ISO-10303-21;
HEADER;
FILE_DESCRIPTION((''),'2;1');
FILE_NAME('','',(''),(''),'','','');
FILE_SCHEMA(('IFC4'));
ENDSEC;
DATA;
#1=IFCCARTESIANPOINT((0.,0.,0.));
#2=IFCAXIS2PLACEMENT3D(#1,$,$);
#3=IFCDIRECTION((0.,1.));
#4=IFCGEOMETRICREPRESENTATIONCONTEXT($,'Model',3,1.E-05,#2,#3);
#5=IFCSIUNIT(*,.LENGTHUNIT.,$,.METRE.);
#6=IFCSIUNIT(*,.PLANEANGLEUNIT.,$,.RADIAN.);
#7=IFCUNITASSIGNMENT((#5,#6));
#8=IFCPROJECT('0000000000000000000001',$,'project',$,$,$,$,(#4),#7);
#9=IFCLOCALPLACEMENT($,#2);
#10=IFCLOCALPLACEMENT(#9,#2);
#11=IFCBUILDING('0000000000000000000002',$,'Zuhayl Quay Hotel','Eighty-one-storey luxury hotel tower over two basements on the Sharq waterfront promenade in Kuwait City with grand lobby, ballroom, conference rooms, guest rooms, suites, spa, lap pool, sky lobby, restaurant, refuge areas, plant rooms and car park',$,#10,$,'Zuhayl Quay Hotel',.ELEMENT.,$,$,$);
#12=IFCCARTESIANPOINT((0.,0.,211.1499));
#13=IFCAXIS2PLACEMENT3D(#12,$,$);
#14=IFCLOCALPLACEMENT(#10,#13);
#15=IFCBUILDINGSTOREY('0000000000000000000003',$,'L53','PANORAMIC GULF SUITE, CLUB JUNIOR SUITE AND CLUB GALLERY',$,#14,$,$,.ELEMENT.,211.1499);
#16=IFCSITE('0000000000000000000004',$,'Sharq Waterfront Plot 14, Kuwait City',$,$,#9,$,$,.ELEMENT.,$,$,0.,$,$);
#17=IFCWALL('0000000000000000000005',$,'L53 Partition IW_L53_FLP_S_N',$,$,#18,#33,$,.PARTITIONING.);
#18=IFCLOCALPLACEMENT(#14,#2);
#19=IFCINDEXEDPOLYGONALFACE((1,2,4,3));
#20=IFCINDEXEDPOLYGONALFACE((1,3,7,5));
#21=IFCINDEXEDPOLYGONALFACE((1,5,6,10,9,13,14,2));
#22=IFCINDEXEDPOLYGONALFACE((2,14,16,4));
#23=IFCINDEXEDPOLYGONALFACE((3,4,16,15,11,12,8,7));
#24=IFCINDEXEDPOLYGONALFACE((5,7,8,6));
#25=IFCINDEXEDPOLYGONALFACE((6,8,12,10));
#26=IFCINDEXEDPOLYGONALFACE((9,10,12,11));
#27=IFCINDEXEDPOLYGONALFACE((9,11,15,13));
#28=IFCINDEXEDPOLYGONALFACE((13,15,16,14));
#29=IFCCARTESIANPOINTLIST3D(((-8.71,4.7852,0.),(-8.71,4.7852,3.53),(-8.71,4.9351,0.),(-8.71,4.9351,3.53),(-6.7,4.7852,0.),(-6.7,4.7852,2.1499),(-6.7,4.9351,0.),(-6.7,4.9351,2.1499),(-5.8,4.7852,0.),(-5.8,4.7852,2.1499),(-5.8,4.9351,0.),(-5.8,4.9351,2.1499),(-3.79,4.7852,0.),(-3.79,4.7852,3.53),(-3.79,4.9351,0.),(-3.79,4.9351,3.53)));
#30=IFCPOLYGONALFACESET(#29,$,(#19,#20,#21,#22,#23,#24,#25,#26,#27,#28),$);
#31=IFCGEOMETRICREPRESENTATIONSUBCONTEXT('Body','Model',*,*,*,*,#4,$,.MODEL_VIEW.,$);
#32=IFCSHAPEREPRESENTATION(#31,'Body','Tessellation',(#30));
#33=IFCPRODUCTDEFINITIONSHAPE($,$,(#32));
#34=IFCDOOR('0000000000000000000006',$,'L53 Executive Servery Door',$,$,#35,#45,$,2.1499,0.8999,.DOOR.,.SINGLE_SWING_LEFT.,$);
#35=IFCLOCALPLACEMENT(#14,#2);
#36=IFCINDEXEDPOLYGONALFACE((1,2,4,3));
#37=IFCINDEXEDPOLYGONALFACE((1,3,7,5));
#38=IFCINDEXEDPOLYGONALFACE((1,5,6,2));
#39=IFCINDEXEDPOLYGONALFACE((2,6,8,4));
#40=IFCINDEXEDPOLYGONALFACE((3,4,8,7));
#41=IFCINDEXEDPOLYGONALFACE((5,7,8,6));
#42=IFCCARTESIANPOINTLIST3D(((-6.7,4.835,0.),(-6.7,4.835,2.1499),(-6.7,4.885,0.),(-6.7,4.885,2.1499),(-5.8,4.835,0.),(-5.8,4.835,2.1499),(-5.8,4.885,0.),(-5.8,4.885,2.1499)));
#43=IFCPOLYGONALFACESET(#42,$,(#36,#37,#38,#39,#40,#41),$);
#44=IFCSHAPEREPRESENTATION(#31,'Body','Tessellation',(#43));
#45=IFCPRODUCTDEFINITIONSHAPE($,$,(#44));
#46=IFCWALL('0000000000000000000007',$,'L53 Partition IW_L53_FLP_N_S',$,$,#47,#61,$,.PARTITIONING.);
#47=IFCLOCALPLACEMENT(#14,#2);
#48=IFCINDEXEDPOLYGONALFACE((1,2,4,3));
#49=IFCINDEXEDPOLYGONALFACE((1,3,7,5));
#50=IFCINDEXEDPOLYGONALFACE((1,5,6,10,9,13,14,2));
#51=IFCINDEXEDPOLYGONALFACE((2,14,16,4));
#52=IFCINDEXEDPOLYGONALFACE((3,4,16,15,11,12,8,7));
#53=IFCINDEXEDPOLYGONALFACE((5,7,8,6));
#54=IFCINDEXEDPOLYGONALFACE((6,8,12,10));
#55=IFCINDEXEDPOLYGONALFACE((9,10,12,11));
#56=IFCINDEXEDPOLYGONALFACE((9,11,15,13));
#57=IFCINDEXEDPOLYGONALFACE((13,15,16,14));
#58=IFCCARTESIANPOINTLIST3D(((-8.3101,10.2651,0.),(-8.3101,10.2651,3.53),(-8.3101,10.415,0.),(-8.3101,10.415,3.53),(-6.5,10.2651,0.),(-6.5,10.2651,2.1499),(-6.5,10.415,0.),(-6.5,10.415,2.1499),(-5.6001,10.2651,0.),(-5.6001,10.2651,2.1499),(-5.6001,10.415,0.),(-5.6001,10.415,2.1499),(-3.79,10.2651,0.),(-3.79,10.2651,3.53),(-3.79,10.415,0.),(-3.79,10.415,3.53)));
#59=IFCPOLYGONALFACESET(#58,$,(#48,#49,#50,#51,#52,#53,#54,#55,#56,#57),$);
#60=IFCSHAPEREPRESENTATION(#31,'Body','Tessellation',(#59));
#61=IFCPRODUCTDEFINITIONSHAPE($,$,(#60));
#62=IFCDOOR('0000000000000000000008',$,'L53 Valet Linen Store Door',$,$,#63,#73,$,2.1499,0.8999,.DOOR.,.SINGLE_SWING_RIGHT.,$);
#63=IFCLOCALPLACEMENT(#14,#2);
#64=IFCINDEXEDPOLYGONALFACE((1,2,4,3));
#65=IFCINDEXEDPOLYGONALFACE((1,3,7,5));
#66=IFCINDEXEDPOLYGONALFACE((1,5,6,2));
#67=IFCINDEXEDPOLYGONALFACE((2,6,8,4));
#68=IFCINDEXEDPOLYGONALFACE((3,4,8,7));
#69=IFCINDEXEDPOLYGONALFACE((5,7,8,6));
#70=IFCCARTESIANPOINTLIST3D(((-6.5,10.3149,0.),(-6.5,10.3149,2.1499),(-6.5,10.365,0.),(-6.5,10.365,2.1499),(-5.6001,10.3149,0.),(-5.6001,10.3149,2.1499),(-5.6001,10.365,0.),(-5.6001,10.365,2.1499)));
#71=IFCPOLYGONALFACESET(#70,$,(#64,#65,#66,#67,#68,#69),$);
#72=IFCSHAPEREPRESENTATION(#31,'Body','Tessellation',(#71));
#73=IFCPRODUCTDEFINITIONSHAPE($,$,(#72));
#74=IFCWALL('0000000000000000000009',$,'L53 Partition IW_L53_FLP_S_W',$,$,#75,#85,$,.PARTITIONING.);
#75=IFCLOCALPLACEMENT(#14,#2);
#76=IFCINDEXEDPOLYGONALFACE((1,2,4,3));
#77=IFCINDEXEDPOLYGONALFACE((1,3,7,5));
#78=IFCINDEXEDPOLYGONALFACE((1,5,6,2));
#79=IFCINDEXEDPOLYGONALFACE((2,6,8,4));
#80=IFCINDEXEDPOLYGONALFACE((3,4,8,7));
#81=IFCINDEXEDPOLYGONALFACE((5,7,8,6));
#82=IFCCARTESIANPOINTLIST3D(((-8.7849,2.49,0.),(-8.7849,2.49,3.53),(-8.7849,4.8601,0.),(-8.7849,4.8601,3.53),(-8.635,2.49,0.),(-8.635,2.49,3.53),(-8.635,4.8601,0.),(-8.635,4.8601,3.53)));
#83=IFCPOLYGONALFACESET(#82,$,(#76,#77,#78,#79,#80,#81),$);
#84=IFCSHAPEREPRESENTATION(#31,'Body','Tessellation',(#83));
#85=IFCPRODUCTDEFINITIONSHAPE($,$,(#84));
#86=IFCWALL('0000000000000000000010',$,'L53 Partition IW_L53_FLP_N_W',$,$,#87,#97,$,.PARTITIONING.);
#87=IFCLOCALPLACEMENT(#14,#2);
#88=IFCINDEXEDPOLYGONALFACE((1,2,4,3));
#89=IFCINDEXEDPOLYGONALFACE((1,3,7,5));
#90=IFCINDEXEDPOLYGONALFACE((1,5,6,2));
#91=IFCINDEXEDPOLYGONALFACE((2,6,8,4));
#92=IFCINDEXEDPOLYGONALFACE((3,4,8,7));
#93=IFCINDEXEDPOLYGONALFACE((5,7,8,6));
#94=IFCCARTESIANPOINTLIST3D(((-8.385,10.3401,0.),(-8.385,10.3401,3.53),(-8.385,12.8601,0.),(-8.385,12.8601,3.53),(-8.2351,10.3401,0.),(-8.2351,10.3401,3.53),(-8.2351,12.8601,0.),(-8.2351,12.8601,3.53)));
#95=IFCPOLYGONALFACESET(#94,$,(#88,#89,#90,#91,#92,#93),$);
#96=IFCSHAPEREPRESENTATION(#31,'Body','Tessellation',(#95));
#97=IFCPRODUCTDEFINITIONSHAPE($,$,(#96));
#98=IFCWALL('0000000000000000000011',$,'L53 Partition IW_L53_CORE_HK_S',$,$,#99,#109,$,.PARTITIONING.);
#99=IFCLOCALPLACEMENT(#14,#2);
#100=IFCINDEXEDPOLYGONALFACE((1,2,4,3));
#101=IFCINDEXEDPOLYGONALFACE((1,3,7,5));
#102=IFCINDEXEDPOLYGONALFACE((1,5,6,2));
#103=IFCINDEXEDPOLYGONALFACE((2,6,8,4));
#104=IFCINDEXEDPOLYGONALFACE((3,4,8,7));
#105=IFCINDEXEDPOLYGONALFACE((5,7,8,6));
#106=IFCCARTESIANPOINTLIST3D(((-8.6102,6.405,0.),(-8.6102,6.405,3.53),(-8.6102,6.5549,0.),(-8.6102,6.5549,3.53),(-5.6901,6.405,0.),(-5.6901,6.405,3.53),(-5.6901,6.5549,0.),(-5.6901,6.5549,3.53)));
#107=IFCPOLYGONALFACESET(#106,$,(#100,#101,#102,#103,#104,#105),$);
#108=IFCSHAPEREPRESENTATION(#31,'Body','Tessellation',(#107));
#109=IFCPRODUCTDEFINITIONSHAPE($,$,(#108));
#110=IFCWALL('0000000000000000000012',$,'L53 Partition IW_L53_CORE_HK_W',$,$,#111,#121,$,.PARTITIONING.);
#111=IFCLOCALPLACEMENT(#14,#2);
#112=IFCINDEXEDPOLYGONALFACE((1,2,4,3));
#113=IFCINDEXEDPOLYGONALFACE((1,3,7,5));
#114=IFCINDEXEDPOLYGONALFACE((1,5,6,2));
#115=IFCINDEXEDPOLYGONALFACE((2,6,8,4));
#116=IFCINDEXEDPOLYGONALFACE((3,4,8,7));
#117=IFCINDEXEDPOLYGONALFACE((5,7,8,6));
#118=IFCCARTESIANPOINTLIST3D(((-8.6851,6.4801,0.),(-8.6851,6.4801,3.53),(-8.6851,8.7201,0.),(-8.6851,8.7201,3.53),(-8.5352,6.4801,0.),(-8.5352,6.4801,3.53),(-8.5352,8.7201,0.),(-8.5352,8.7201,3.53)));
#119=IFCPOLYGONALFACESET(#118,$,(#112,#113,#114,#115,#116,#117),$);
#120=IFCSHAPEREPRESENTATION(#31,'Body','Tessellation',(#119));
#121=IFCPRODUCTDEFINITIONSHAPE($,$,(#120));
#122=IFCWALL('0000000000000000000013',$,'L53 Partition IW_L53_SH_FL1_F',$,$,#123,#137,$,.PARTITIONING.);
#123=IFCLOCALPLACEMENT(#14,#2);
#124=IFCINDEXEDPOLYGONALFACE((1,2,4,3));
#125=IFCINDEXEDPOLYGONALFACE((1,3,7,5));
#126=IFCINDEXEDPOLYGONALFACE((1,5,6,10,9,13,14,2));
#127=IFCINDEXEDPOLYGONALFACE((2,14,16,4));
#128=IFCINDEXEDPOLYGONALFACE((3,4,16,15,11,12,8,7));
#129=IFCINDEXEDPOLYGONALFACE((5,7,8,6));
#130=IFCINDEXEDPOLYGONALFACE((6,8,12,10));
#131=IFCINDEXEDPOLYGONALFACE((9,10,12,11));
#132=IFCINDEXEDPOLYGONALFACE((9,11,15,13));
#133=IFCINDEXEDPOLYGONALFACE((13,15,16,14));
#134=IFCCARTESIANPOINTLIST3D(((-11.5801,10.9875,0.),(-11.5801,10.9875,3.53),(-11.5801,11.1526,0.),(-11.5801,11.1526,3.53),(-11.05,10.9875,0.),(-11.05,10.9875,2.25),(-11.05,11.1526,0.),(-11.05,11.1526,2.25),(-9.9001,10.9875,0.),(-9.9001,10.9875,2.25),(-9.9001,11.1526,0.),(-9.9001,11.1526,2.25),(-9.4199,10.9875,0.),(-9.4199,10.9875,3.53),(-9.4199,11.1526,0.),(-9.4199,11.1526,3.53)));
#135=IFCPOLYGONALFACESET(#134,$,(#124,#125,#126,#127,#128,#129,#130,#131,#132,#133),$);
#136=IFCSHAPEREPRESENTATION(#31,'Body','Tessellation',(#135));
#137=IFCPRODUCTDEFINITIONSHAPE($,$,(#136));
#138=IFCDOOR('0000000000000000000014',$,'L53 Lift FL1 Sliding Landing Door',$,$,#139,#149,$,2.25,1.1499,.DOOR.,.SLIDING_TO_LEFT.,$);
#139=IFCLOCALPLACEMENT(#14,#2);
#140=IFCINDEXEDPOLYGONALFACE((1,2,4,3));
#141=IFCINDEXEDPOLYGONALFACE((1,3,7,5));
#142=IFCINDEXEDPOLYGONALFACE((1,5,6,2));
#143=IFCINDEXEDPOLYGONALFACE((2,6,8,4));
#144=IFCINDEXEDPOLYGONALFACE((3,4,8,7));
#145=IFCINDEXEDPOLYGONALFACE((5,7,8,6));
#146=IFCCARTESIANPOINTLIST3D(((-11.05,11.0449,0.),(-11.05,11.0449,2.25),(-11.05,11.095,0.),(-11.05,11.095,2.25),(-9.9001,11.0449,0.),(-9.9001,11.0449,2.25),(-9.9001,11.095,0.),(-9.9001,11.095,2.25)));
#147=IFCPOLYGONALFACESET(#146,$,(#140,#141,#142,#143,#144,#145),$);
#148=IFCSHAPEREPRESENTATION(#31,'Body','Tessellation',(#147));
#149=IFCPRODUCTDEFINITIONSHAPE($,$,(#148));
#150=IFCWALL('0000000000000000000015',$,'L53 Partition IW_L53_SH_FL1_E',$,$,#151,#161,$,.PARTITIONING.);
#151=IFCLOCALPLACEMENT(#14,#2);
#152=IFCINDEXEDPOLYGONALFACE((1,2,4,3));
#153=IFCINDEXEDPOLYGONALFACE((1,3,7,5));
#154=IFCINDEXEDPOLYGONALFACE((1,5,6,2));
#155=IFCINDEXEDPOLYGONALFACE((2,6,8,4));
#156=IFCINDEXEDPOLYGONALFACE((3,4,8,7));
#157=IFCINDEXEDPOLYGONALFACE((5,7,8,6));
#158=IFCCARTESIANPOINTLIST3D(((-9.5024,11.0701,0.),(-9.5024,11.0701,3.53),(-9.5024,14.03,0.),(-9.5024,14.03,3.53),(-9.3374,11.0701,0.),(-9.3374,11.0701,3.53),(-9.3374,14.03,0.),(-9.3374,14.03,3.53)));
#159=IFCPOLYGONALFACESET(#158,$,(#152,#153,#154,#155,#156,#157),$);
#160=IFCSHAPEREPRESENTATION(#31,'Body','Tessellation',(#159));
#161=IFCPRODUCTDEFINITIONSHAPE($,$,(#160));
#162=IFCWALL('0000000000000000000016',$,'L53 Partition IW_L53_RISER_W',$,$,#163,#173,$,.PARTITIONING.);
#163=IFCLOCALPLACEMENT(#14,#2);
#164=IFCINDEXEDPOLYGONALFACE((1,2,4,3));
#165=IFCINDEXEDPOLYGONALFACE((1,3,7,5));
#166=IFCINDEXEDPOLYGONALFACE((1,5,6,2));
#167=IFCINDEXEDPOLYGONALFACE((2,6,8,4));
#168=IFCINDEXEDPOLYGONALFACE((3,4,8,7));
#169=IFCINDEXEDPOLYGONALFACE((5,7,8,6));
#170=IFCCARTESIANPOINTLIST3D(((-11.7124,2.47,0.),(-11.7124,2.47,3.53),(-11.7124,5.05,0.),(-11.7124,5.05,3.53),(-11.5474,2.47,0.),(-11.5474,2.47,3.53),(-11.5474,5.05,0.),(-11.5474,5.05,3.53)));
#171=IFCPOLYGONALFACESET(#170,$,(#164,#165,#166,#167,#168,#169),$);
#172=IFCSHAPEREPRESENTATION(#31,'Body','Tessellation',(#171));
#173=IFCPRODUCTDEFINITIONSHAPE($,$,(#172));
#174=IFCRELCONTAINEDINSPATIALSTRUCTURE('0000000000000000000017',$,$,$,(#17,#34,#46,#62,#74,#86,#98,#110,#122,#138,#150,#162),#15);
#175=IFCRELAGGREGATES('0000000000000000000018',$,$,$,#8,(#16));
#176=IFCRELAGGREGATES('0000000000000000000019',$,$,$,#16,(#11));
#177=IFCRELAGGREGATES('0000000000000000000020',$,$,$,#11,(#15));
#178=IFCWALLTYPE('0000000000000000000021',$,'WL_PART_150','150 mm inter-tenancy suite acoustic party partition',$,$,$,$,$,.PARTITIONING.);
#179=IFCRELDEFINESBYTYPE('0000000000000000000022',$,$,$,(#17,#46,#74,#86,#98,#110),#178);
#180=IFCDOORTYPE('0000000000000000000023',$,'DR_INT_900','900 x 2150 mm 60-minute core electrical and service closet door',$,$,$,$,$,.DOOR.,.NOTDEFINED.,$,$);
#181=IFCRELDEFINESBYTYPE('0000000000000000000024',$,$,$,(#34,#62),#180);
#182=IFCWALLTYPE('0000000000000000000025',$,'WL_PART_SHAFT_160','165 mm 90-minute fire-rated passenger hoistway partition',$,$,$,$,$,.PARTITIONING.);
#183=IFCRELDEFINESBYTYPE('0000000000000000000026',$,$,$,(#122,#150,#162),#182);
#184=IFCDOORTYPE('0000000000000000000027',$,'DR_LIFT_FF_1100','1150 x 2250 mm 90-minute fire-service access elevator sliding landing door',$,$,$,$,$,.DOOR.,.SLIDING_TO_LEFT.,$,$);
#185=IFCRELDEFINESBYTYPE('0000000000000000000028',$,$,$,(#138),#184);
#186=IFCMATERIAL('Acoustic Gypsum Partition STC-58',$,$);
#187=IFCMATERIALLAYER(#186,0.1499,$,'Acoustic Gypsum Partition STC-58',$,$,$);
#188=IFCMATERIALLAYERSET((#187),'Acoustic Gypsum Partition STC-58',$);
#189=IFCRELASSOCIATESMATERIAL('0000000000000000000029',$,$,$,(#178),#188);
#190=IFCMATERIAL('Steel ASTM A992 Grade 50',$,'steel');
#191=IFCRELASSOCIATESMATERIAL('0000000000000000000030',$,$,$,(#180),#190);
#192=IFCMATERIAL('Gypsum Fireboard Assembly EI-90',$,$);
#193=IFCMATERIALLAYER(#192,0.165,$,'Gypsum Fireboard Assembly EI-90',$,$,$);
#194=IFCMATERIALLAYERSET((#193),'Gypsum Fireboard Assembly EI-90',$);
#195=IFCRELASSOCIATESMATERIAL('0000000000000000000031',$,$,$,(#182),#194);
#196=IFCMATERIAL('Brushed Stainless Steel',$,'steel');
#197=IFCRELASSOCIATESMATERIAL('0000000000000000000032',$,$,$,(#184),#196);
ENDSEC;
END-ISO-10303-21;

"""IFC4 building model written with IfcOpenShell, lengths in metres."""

from ifc_helpers import new_model, si_unit, direction, frame, frame_2d, origin, place, context, subcontext, project, spatial, rectangle, extrude, material, layer, layer_set, type_object, element, fill, save


model = new_model("IFC4")

# Units and contexts
model_context = context("Model", 3, precision=1e-05, world=origin(), true_north=direction((0.0, 1.0)))
body_context = subcontext(model_context, "Body", "Model", "MODEL_VIEW")
ifc_project = project(units=[si_unit("LENGTHUNIT", "METRE"), si_unit("PLANEANGLEUNIT", "RADIAN")], contexts=[model_context])

# Site, building, storey
site_placement = place(None, origin())
site = spatial("IfcSite", under=ifc_project, at=site_placement, Name="Sharq Waterfront Plot 14, Kuwait City", CompositionType="ELEMENT", RefElevation=0.0)
building_placement = place(site_placement, origin())
building = spatial("IfcBuilding", under=site, at=building_placement, Name="Zuhayl Quay Hotel", Description="Eighty-one-storey luxury hotel tower over two basements on the Sharq waterfront promenade in Kuwait City with grand lobby, ballroom, conference rooms, guest rooms, suites, spa, lap pool, sky lobby, restaurant, refuge areas, plant rooms and car park", LongName="Zuhayl Quay Hotel", CompositionType="ELEMENT")
storey_placement = place(building_placement, frame((0.0, 0.0, 211.1499)))
storey = spatial("IfcBuildingStorey", under=building, at=storey_placement, Name="L53", Description="PANORAMIC GULF SUITE, CLUB JUNIOR SUITE AND CLUB GALLERY", CompositionType="ELEMENT", Elevation=211.1499)

# Walls, openings, doors
ifc_material_1 = material(Name="Acoustic Gypsum Partition STC-58")
ifc_layer_1 = layer(ifc_material_1, 0.1499, Name="Acoustic Gypsum Partition STC-58")
ifc_layer_set_1 = layer_set([ifc_layer_1], Name="Acoustic Gypsum Partition STC-58")
wall_type_1 = type_object("IfcWallType", Name="WL_PART_150", Description="150 mm inter-tenancy suite acoustic party partition", PredefinedType="PARTITIONING", material=ifc_layer_set_1)
wall_1_placement = place(storey_placement, frame((-8.71, 4.8601, 0.0), z_axis=(0.0, 0.0, 1.0), x_axis=(1.0, 0.0, 0.0)))
wall_1 = element("IfcWall", 1, at=wall_1_placement, inside=storey, type_object=wall_type_1, Name="L53 Partition IW_L53_FLP_S_N", PredefinedType="PARTITIONING", context=body_context, shape_type="SweptSolid", body=[
    extrude(rectangle(XDim=4.9199, YDim=0.1499, at=frame_2d((2.46, 0.0))), origin(), (0.0, 0.0, 1.0), 3.53),
])
opening_1_placement = place(wall_1_placement, frame((2.01, 0.0, 0.0)))
opening_1 = element("IfcOpeningElement", 2, at=opening_1_placement, cuts=wall_1, PredefinedType="OPENING", context=body_context, shape_type="SweptSolid", body=[
    extrude(rectangle(XDim=0.8999, YDim=2.1499, at=frame_2d((0.45, 1.075))), frame((0.0, 0.085, 0.0), z_axis=(0.0, -1.0, 0.0), x_axis=(1.0, 0.0, 0.0)), (0.0, 0.0, 1.0), 0.1699),
])
ifc_material_2 = material(Name="Steel ASTM A992 Grade 50", Category="steel")
door_type_1 = type_object("IfcDoorType", Name="DR_INT_900", Description="900 x 2150 mm 60-minute core electrical and service closet door", OperationType="NOTDEFINED", PredefinedType="DOOR", material=ifc_material_2)
door_1_placement = place(opening_1_placement, origin())
door_1 = element("IfcDoor", 3, at=door_1_placement, inside=storey, type_object=door_type_1, Name="L53 Executive Servery Door", OperationType="SINGLE_SWING_LEFT", OverallHeight=2.1499, OverallWidth=0.8999, PredefinedType="DOOR", context=body_context, shape_type="SweptSolid", body=[
    extrude(rectangle(XDim=0.8999, YDim=2.1499, at=frame_2d((0.45, 1.075))), frame((0.0, 0.0249, 0.0), z_axis=(0.0, -1.0, 0.0), x_axis=(1.0, 0.0, 0.0)), (0.0, 0.0, 1.0), 0.05),
])
fill(opening_1, door_1)
wall_2_placement = place(storey_placement, frame((-8.3101, 10.3401, 0.0), z_axis=(0.0, 0.0, 1.0), x_axis=(1.0, 0.0, 0.0)))
wall_2 = element("IfcWall", 4, at=wall_2_placement, inside=storey, type_object=wall_type_1, Name="L53 Partition IW_L53_FLP_N_S", PredefinedType="PARTITIONING", context=body_context, shape_type="SweptSolid", body=[
    extrude(rectangle(XDim=4.52, YDim=0.1499, at=frame_2d((2.26, 0.0))), origin(), (0.0, 0.0, 1.0), 3.53),
])
opening_2_placement = place(wall_2_placement, frame((1.8101, 0.0, 0.0)))
opening_2 = element("IfcOpeningElement", 5, at=opening_2_placement, cuts=wall_2, PredefinedType="OPENING", context=body_context, shape_type="SweptSolid", body=[
    extrude(rectangle(XDim=0.8999, YDim=2.1499, at=frame_2d((0.45, 1.075))), frame((0.0, 0.085, 0.0), z_axis=(0.0, -1.0, 0.0), x_axis=(1.0, 0.0, 0.0)), (0.0, 0.0, 1.0), 0.1699),
])
door_2_placement = place(opening_2_placement, origin())
door_2 = element("IfcDoor", 6, at=door_2_placement, inside=storey, type_object=door_type_1, Name="L53 Valet Linen Store Door", OperationType="SINGLE_SWING_RIGHT", OverallHeight=2.1499, OverallWidth=0.8999, PredefinedType="DOOR", context=body_context, shape_type="SweptSolid", body=[
    extrude(rectangle(XDim=0.8999, YDim=2.1499, at=frame_2d((0.45, 1.075))), frame((0.0, 0.0249, 0.0), z_axis=(0.0, -1.0, 0.0), x_axis=(1.0, 0.0, 0.0)), (0.0, 0.0, 1.0), 0.05),
])
fill(opening_2, door_2)

# Walls
wall_3_placement = place(storey_placement, frame((-8.71, 2.49, 0.0), z_axis=(0.0, 0.0, 1.0), x_axis=(0.0, 1.0, 0.0)))
element("IfcWall", 7, at=wall_3_placement, inside=storey, type_object=wall_type_1, Name="L53 Partition IW_L53_FLP_S_W", PredefinedType="PARTITIONING", context=body_context, shape_type="SweptSolid", body=[
    extrude(rectangle(XDim=2.3701, YDim=0.1499, at=frame_2d((1.1851, 0.0))), origin(), (0.0, 0.0, 1.0), 3.53),
])
wall_4_placement = place(storey_placement, frame((-8.3101, 10.3401, 0.0), z_axis=(0.0, 0.0, 1.0), x_axis=(0.0, 1.0, 0.0)))
element("IfcWall", 8, at=wall_4_placement, inside=storey, type_object=wall_type_1, Name="L53 Partition IW_L53_FLP_N_W", PredefinedType="PARTITIONING", context=body_context, shape_type="SweptSolid", body=[
    extrude(rectangle(XDim=2.52, YDim=0.1499, at=frame_2d((1.26, 0.0))), origin(), (0.0, 0.0, 1.0), 3.53),
])
wall_5_placement = place(storey_placement, frame((-8.6101, 6.48, 0.0), z_axis=(0.0, 0.0, 1.0), x_axis=(1.0, 0.0, 0.0)))
element("IfcWall", 9, at=wall_5_placement, inside=storey, type_object=wall_type_1, Name="L53 Partition IW_L53_CORE_HK_S", PredefinedType="PARTITIONING", context=body_context, shape_type="SweptSolid", body=[
    extrude(rectangle(XDim=2.9202, YDim=0.1499, at=frame_2d((1.46, 0.0))), origin(), (0.0, 0.0, 1.0), 3.53),
])
wall_6_placement = place(storey_placement, frame((-8.6101, 6.48, 0.0), z_axis=(0.0, 0.0, 1.0), x_axis=(0.0, 1.0, 0.0)))
element("IfcWall", 10, at=wall_6_placement, inside=storey, type_object=wall_type_1, Name="L53 Partition IW_L53_CORE_HK_W", PredefinedType="PARTITIONING", context=body_context, shape_type="SweptSolid", body=[
    extrude(rectangle(XDim=2.24, YDim=0.1499, at=frame_2d((1.1201, 0.0))), origin(), (0.0, 0.0, 1.0), 3.53),
])

# Wall, opening, door
ifc_material_3 = material(Name="Gypsum Fireboard Assembly EI-90")
ifc_layer_2 = layer(ifc_material_3, 0.165, Name="Gypsum Fireboard Assembly EI-90")
ifc_layer_set_2 = layer_set([ifc_layer_2], Name="Gypsum Fireboard Assembly EI-90")
wall_type_2 = type_object("IfcWallType", Name="WL_PART_SHAFT_160", Description="165 mm 90-minute fire-rated passenger hoistway partition", PredefinedType="PARTITIONING", material=ifc_layer_set_2)
wall_7_placement = place(storey_placement, frame((-11.5801, 11.0701, 0.0), z_axis=(0.0, 0.0, 1.0), x_axis=(1.0, 0.0, 0.0)))
wall_7 = element("IfcWall", 11, at=wall_7_placement, inside=storey, type_object=wall_type_2, Name="L53 Partition IW_L53_SH_FL1_F", PredefinedType="PARTITIONING", context=body_context, shape_type="SweptSolid", body=[
    extrude(rectangle(XDim=2.1602, YDim=0.165, at=frame_2d((1.0801, 0.0))), origin(), (0.0, 0.0, 1.0), 3.53),
])
opening_3_placement = place(wall_7_placement, frame((0.53, 0.0, 0.0)))
opening_3 = element("IfcOpeningElement", 12, at=opening_3_placement, cuts=wall_7, PredefinedType="OPENING", context=body_context, shape_type="SweptSolid", body=[
    extrude(rectangle(XDim=1.1499, YDim=2.25, at=frame_2d((0.575, 1.125))), frame((0.0, 0.0925, 0.0), z_axis=(0.0, -1.0, 0.0), x_axis=(1.0, 0.0, 0.0)), (0.0, 0.0, 1.0), 0.1851),
])
ifc_material_4 = material(Name="Brushed Stainless Steel", Category="steel")
door_type_2 = type_object("IfcDoorType", Name="DR_LIFT_FF_1100", Description="1150 x 2250 mm 90-minute fire-service access elevator sliding landing door", OperationType="SLIDING_TO_LEFT", PredefinedType="DOOR", material=ifc_material_4)
door_3_placement = place(opening_3_placement, origin())
door_3 = element("IfcDoor", 13, at=door_3_placement, inside=storey, type_object=door_type_2, Name="L53 Lift FL1 Sliding Landing Door", OperationType="SLIDING_TO_LEFT", OverallHeight=2.25, OverallWidth=1.1499, PredefinedType="DOOR", context=body_context, shape_type="SweptSolid", body=[
    extrude(rectangle(XDim=1.1499, YDim=2.25, at=frame_2d((0.575, 1.125))), frame((0.0, 0.0249, 0.0), z_axis=(0.0, -1.0, 0.0), x_axis=(1.0, 0.0, 0.0)), (0.0, 0.0, 1.0), 0.05),
])
fill(opening_3, door_3)

# Walls
wall_8_placement = place(storey_placement, frame((-9.4199, 11.0701, 0.0), z_axis=(0.0, 0.0, 1.0), x_axis=(0.0, 1.0, 0.0)))
element("IfcWall", 14, at=wall_8_placement, inside=storey, type_object=wall_type_2, Name="L53 Partition IW_L53_SH_FL1_E", PredefinedType="PARTITIONING", context=body_context, shape_type="SweptSolid", body=[
    extrude(rectangle(XDim=2.96, YDim=0.165, at=frame_2d((1.48, 0.0))), origin(), (0.0, 0.0, 1.0), 3.53),
])
wall_9_placement = place(storey_placement, frame((-11.6299, 2.47, 0.0), z_axis=(0.0, 0.0, 1.0), x_axis=(0.0, 1.0, 0.0)))
element("IfcWall", 15, at=wall_9_placement, inside=storey, type_object=wall_type_2, Name="L53 Partition IW_L53_RISER_W", PredefinedType="PARTITIONING", context=body_context, shape_type="SweptSolid", body=[
    extrude(rectangle(XDim=2.5801, YDim=0.165, at=frame_2d((1.29, 0.0))), origin(), (0.0, 0.0, 1.0), 3.53),
])

save(model, "model.ifc")
